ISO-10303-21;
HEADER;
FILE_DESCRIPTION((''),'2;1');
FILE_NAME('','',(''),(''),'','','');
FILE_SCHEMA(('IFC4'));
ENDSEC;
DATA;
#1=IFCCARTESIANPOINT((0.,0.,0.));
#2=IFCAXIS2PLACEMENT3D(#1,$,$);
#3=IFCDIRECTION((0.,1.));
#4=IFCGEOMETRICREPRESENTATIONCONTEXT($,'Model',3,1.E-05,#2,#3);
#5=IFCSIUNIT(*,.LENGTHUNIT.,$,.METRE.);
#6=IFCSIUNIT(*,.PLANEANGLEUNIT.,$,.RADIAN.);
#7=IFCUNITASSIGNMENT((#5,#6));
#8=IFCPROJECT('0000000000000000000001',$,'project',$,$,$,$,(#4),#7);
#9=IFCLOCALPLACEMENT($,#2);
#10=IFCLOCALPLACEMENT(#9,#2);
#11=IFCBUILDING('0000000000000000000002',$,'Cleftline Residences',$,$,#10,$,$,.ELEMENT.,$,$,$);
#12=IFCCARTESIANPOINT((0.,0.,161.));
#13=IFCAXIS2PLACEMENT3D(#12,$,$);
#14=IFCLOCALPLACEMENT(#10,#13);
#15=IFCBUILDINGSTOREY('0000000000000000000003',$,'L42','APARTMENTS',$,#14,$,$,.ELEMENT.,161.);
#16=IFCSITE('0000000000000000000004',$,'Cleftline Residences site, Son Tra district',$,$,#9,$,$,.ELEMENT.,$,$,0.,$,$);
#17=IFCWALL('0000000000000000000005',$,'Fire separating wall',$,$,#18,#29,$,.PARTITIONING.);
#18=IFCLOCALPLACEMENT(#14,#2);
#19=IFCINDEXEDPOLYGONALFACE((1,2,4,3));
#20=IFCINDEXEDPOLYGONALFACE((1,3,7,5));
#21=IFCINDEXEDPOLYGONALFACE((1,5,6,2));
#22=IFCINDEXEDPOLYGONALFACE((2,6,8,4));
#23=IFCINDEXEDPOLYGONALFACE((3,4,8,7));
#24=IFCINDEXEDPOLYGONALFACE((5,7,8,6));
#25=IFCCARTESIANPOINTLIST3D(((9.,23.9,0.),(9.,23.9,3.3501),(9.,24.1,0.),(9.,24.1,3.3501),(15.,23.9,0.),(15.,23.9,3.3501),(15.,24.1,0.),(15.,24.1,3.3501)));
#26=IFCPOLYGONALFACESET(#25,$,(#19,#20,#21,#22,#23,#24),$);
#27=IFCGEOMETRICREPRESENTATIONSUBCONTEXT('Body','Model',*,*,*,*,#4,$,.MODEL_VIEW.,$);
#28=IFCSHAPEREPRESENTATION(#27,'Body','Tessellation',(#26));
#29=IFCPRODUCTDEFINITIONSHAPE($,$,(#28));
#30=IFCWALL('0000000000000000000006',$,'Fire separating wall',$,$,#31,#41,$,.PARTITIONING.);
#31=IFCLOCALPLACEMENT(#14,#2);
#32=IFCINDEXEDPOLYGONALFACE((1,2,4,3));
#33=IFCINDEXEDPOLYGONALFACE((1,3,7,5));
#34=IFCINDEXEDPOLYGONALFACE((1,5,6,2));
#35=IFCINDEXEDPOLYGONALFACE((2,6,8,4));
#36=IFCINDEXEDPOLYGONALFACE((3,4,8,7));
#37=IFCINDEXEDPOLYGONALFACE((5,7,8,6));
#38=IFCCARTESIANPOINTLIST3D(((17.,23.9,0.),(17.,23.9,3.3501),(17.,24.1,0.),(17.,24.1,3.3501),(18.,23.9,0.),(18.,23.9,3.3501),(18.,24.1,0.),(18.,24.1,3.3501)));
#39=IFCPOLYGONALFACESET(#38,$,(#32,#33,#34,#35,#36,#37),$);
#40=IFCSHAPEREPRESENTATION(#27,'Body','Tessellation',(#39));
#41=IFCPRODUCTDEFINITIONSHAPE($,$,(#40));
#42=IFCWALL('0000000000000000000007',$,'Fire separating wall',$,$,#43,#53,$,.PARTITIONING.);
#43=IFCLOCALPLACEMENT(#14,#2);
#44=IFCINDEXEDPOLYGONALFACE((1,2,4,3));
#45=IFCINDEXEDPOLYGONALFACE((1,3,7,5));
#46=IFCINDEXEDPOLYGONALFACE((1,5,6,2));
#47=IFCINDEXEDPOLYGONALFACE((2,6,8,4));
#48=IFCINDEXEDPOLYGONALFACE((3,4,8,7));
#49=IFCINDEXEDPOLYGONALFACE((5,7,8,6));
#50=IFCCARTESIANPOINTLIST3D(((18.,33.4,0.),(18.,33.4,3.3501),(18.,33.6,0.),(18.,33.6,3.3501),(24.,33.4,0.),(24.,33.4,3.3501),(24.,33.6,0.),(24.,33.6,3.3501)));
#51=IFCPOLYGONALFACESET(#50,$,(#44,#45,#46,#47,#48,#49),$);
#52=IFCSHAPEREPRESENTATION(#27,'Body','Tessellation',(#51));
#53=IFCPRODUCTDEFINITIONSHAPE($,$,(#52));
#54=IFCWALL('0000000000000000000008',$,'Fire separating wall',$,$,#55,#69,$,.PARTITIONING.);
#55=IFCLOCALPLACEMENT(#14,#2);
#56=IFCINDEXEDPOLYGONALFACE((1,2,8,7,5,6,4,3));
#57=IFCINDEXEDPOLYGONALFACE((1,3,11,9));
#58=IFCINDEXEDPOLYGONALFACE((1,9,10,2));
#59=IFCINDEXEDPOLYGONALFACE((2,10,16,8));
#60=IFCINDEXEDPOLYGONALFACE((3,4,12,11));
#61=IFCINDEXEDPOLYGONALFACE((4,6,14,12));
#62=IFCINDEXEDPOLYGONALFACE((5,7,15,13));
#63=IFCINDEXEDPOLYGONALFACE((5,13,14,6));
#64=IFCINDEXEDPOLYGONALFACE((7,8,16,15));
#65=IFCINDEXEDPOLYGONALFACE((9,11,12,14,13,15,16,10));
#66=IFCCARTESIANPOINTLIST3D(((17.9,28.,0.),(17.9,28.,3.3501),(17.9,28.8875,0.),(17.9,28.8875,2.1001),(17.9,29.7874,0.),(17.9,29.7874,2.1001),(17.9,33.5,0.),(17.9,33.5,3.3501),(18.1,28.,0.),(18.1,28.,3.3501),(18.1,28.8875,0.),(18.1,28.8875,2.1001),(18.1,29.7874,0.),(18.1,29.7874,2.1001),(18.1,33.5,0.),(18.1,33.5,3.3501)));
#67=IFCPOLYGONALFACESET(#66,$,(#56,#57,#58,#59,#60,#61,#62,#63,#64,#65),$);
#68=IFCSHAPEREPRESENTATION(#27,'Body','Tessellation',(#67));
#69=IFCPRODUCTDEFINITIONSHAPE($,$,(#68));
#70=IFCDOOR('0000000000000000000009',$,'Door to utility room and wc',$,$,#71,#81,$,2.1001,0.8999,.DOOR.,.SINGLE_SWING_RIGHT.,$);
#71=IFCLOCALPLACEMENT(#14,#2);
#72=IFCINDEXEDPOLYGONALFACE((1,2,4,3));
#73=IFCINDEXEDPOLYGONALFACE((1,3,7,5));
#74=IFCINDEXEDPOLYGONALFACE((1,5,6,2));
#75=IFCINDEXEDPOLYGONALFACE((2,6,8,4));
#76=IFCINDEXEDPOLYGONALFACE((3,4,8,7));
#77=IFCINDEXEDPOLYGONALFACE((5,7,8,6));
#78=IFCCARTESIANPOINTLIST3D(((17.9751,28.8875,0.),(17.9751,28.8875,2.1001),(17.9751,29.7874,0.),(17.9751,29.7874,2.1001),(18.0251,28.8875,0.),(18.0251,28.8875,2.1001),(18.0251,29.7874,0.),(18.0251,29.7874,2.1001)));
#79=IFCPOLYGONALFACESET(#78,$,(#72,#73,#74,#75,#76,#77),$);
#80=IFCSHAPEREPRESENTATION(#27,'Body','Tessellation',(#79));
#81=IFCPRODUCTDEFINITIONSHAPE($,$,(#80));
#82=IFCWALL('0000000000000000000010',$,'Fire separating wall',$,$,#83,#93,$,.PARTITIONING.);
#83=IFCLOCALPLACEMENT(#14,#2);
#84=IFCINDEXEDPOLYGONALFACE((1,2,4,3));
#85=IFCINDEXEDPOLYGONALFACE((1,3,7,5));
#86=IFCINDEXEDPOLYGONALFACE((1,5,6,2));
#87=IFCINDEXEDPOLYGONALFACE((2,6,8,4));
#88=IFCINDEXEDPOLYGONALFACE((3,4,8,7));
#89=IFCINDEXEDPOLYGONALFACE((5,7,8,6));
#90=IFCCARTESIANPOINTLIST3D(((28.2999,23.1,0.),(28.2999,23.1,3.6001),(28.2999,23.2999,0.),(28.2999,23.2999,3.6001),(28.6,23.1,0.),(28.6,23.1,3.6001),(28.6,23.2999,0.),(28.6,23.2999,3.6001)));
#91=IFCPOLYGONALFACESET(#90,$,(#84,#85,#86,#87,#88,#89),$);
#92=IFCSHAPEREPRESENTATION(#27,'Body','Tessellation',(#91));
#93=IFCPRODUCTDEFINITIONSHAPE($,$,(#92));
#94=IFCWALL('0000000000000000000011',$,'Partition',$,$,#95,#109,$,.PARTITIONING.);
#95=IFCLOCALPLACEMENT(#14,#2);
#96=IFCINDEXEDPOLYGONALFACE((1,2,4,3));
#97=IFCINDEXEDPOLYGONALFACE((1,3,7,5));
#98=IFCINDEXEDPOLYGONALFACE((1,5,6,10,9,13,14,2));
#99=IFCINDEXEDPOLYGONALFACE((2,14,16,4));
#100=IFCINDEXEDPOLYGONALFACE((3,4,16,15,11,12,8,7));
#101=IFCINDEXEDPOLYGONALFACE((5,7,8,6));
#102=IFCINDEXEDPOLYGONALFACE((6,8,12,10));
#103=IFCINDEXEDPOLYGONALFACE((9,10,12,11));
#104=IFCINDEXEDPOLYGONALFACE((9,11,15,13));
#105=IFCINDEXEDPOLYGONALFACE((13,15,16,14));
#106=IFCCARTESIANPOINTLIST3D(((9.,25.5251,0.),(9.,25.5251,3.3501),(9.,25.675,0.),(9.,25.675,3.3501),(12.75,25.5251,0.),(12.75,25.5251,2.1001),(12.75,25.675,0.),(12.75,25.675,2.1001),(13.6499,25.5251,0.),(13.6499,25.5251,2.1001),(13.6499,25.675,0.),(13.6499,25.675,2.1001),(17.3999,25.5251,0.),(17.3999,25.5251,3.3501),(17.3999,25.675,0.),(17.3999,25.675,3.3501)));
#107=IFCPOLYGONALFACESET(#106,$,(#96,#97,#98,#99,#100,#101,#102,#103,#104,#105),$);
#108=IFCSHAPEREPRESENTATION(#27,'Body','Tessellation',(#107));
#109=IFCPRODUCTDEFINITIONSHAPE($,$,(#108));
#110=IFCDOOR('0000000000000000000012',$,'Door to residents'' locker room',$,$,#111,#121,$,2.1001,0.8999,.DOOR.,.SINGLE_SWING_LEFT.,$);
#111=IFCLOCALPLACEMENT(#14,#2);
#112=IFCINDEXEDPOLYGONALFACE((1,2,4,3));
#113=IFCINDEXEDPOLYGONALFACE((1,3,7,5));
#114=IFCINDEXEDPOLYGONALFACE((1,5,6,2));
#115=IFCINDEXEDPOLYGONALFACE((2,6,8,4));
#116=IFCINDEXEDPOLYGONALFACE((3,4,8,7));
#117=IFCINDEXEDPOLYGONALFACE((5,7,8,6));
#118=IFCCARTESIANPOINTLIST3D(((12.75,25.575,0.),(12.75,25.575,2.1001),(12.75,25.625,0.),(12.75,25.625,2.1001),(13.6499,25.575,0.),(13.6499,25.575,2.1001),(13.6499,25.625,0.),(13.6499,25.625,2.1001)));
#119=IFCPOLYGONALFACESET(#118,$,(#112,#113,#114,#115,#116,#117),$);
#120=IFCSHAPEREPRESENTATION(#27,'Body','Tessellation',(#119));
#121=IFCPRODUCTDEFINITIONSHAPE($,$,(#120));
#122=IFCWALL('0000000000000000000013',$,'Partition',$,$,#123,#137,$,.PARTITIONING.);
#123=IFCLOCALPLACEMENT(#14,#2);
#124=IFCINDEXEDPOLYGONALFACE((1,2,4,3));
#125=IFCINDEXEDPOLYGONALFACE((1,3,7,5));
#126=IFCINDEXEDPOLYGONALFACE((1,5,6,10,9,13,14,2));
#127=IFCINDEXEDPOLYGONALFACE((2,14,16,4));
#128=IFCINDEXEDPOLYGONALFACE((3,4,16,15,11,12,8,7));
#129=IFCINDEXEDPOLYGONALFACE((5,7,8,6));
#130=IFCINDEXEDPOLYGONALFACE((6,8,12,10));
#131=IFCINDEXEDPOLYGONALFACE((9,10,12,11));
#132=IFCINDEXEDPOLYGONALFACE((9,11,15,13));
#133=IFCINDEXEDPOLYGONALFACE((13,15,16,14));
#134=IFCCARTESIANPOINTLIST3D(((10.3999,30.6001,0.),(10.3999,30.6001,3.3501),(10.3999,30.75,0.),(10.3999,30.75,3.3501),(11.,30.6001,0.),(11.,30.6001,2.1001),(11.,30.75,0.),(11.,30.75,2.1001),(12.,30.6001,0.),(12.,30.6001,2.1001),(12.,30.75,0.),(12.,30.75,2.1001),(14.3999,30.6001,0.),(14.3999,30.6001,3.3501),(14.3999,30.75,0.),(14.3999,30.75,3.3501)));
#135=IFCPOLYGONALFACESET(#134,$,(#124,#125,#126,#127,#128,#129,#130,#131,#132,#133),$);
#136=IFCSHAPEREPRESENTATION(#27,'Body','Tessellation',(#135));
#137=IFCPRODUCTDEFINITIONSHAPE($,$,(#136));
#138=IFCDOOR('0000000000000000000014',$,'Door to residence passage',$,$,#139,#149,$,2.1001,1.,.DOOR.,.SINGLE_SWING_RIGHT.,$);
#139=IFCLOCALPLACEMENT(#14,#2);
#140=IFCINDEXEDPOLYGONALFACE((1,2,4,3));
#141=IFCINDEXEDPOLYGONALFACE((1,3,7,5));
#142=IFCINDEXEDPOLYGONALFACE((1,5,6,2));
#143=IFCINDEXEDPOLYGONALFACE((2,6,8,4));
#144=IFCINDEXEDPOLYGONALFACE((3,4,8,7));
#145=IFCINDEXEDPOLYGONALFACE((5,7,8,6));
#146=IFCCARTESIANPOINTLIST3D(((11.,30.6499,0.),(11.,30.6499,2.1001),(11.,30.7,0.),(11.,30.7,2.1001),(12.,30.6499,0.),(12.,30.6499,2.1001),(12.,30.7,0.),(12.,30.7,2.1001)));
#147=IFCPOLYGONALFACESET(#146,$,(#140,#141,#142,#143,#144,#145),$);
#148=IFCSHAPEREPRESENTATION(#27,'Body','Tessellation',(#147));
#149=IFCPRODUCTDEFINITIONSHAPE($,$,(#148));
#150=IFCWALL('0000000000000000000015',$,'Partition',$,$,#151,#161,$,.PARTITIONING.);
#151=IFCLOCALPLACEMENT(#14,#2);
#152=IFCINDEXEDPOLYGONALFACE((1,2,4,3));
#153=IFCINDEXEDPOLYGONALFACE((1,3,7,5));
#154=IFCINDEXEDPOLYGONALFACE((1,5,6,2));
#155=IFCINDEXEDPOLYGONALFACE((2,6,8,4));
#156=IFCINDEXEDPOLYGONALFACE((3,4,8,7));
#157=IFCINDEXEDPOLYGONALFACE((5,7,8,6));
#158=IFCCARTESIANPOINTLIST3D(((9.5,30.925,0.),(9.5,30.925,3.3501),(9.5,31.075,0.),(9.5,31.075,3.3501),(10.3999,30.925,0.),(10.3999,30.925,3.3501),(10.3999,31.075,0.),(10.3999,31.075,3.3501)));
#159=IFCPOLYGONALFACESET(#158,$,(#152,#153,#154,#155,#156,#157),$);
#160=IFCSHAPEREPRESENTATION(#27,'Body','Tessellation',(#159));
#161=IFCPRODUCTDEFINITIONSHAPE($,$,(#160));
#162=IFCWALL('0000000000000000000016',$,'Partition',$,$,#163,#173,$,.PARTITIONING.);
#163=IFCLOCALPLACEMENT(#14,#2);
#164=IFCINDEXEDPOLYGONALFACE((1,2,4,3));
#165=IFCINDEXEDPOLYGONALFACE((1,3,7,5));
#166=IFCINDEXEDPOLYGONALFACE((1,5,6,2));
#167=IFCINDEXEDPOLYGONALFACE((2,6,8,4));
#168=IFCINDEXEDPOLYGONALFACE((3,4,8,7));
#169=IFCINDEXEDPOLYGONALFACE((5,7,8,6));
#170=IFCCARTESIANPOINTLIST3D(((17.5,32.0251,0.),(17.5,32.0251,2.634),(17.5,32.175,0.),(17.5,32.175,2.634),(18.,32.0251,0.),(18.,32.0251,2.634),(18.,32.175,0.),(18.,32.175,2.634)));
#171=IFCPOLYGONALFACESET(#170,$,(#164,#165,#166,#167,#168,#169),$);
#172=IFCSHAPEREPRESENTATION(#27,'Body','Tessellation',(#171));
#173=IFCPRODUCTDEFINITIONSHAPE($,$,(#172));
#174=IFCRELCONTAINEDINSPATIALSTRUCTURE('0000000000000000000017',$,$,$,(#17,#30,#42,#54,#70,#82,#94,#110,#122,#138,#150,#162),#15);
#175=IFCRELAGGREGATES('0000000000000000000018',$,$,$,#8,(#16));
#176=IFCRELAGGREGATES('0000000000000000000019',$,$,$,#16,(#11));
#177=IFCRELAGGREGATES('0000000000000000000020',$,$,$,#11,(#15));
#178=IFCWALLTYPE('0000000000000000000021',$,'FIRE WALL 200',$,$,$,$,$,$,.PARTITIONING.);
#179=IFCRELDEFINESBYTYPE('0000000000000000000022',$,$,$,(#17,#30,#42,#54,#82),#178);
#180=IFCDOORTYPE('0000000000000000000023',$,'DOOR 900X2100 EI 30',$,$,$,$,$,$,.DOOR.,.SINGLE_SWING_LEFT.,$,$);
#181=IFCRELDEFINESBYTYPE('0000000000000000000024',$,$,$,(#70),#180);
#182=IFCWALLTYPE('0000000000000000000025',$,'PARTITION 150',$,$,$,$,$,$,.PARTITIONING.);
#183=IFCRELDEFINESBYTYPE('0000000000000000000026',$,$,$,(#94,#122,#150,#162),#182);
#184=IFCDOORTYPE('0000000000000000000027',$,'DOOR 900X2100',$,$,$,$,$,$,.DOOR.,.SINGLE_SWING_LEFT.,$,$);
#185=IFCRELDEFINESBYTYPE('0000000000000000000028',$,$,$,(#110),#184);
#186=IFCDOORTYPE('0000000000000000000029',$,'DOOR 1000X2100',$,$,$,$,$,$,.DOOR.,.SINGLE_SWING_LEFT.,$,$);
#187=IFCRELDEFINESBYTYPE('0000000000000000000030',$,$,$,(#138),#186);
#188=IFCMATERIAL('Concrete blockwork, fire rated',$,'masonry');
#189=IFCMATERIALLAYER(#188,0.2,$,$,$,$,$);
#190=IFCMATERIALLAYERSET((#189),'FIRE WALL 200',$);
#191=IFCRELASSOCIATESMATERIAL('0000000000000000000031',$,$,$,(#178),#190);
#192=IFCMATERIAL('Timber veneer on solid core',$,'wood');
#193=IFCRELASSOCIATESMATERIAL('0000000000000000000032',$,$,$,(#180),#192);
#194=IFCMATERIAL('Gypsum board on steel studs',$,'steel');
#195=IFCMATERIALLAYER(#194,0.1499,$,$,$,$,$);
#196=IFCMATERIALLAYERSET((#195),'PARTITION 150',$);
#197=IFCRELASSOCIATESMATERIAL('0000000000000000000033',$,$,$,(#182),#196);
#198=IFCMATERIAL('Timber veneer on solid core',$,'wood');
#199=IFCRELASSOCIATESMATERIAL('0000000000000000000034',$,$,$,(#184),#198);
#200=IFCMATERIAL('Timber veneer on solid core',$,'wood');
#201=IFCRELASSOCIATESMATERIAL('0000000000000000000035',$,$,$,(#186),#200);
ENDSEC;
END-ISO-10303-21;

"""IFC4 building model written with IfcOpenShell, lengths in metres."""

from ifc_helpers import new_model, si_unit, direction, frame, frame_2d, origin, place, context, subcontext, project, spatial, rectangle, extrude, material, layer, layer_set, type_object, element, fill, save


model = new_model("IFC4")

# Units and contexts
model_context = context("Model", 3, precision=1e-05, world=origin(), true_north=direction((0.0, 1.0)))
body_context = subcontext(model_context, "Body", "Model", "MODEL_VIEW")
ifc_project = project(units=[si_unit("LENGTHUNIT", "METRE"), si_unit("PLANEANGLEUNIT", "RADIAN")], contexts=[model_context])

# Site, building, storey
site_placement = place(None, origin())
site = spatial("IfcSite", under=ifc_project, at=site_placement, Name="Cleftline Residences site, Son Tra district", CompositionType="ELEMENT", RefElevation=0.0)
building_placement = place(site_placement, origin())
building = spatial("IfcBuilding", under=site, at=building_placement, Name="Cleftline Residences", CompositionType="ELEMENT")
storey_placement = place(building_placement, frame((0.0, 0.0, 161.0)))
storey = spatial("IfcBuildingStorey", under=building, at=storey_placement, Name="L42", Description="APARTMENTS", CompositionType="ELEMENT", Elevation=161.0)

# Walls
ifc_material_1 = material(Name="Concrete blockwork, fire rated", Category="masonry")
ifc_layer_1 = layer(ifc_material_1, 0.2)
ifc_layer_set_1 = layer_set([ifc_layer_1], Name="FIRE WALL 200")
wall_type_1 = type_object("IfcWallType", Name="FIRE WALL 200", PredefinedType="PARTITIONING", material=ifc_layer_set_1)
wall_1_placement = place(storey_placement, frame((9.0, 24.0, 0.0), z_axis=(0.0, 0.0, 1.0), x_axis=(1.0, 0.0, 0.0)))
element("IfcWall", 1, at=wall_1_placement, inside=storey, type_object=wall_type_1, Name="Fire separating wall", PredefinedType="PARTITIONING", context=body_context, shape_type="SweptSolid", body=[
    extrude(rectangle(XDim=6.0, YDim=0.2, at=frame_2d((3.0, 0.0))), origin(), (0.0, 0.0, 1.0), 3.3501),
])
wall_2_placement = place(storey_placement, frame((17.0, 24.0, 0.0), z_axis=(0.0, 0.0, 1.0), x_axis=(1.0, 0.0, 0.0)))
element("IfcWall", 2, at=wall_2_placement, inside=storey, type_object=wall_type_1, Name="Fire separating wall", PredefinedType="PARTITIONING", context=body_context, shape_type="SweptSolid", body=[
    extrude(rectangle(XDim=1.0, YDim=0.2, at=frame_2d((0.5, 0.0))), origin(), (0.0, 0.0, 1.0), 3.3501),
])
wall_3_placement = place(storey_placement, frame((18.0, 33.5, 0.0), z_axis=(0.0, 0.0, 1.0), x_axis=(1.0, 0.0, 0.0)))
element("IfcWall", 3, at=wall_3_placement, inside=storey, type_object=wall_type_1, Name="Fire separating wall", PredefinedType="PARTITIONING", context=body_context, shape_type="SweptSolid", body=[
    extrude(rectangle(XDim=6.0, YDim=0.2, at=frame_2d((3.0, 0.0))), origin(), (0.0, 0.0, 1.0), 3.3501),
])

# Wall, opening, door
wall_4_placement = place(storey_placement, frame((18.0, 28.0, 0.0), z_axis=(0.0, 0.0, 1.0), x_axis=(0.0, 1.0, 0.0)))
wall_4 = element("IfcWall", 4, at=wall_4_placement, inside=storey, type_object=wall_type_1, Name="Fire separating wall", PredefinedType="PARTITIONING", context=body_context, shape_type="SweptSolid", body=[
    extrude(rectangle(XDim=5.5, YDim=0.2, at=frame_2d((2.75, 0.0))), origin(), (0.0, 0.0, 1.0), 3.3501),
])
opening_1_placement = place(wall_4_placement, frame((0.8875, 0.0, 0.0)))
opening_1 = element("IfcOpeningElement", 5, at=opening_1_placement, cuts=wall_4, PredefinedType="OPENING", context=body_context, shape_type="SweptSolid", body=[
    extrude(rectangle(XDim=0.8999, YDim=2.1001, at=frame_2d((0.45, 1.05))), frame((0.0, 0.1099, 0.0), z_axis=(0.0, -1.0, 0.0), x_axis=(1.0, 0.0, 0.0)), (0.0, 0.0, 1.0), 0.22),
])
ifc_material_2 = material(Name="Timber veneer on solid core", Category="wood")
door_type_1 = type_object("IfcDoorType", Name="DOOR 900X2100 EI 30", OperationType="SINGLE_SWING_LEFT", PredefinedType="DOOR", material=ifc_material_2)
door_1_placement = place(opening_1_placement, origin())
door_1 = element("IfcDoor", 6, at=door_1_placement, inside=storey, type_object=door_type_1, Name="Door to utility room and wc", OperationType="SINGLE_SWING_RIGHT", OverallHeight=2.1001, OverallWidth=0.8999, PredefinedType="DOOR", context=body_context, shape_type="SweptSolid", body=[
    extrude(rectangle(XDim=0.8999, YDim=2.1001, at=frame_2d((0.45, 1.05))), frame((0.0, 0.0249, 0.0), z_axis=(0.0, -1.0, 0.0), x_axis=(1.0, 0.0, 0.0)), (0.0, 0.0, 1.0), 0.05),
])
fill(opening_1, door_1)

# Wall
wall_5_placement = place(storey_placement, frame((28.3, 23.2, 0.0), z_axis=(0.0, 0.0, 1.0), x_axis=(1.0, 0.0, 0.0)))
element("IfcWall", 7, at=wall_5_placement, inside=storey, type_object=wall_type_1, Name="Fire separating wall", PredefinedType="PARTITIONING", context=body_context, shape_type="SweptSolid", body=[
    extrude(rectangle(XDim=0.3, YDim=0.2, at=frame_2d((0.1499, 0.0))), origin(), (0.0, 0.0, 1.0), 3.6001),
])

# Walls, openings, doors
ifc_material_3 = material(Name="Gypsum board on steel studs", Category="steel")
ifc_layer_2 = layer(ifc_material_3, 0.1499)
ifc_layer_set_2 = layer_set([ifc_layer_2], Name="PARTITION 150")
wall_type_2 = type_object("IfcWallType", Name="PARTITION 150", PredefinedType="PARTITIONING", material=ifc_layer_set_2)
wall_6_placement = place(storey_placement, frame((9.0, 25.6001, 0.0), z_axis=(0.0, 0.0, 1.0), x_axis=(1.0, 0.0, 0.0)))
wall_6 = element("IfcWall", 8, at=wall_6_placement, inside=storey, type_object=wall_type_2, Name="Partition", PredefinedType="PARTITIONING", context=body_context, shape_type="SweptSolid", body=[
    extrude(rectangle(XDim=8.3999, YDim=0.1499, at=frame_2d((4.2, 0.0))), origin(), (0.0, 0.0, 1.0), 3.3501),
])
opening_2_placement = place(wall_6_placement, frame((3.75, 0.0, 0.0)))
opening_2 = element("IfcOpeningElement", 9, at=opening_2_placement, cuts=wall_6, PredefinedType="OPENING", context=body_context, shape_type="SweptSolid", body=[
    extrude(rectangle(XDim=0.8999, YDim=2.1001, at=frame_2d((0.45, 1.05))), frame((0.0, 0.085, 0.0), z_axis=(0.0, -1.0, 0.0), x_axis=(1.0, 0.0, 0.0)), (0.0, 0.0, 1.0), 0.1699),
])
ifc_material_4 = material(Name="Timber veneer on solid core", Category="wood")
door_type_2 = type_object("IfcDoorType", Name="DOOR 900X2100", OperationType="SINGLE_SWING_LEFT", PredefinedType="DOOR", material=ifc_material_4)
door_2_placement = place(opening_2_placement, origin())
door_2 = element("IfcDoor", 10, at=door_2_placement, inside=storey, type_object=door_type_2, Name="Door to residents' locker room", OperationType="SINGLE_SWING_LEFT", OverallHeight=2.1001, OverallWidth=0.8999, PredefinedType="DOOR", context=body_context, shape_type="SweptSolid", body=[
    extrude(rectangle(XDim=0.8999, YDim=2.1001, at=frame_2d((0.45, 1.05))), frame((0.0, 0.0249, 0.0), z_axis=(0.0, -1.0, 0.0), x_axis=(1.0, 0.0, 0.0)), (0.0, 0.0, 1.0), 0.05),
])
fill(opening_2, door_2)
wall_7_placement = place(storey_placement, frame((10.3999, 30.675, 0.0), z_axis=(0.0, 0.0, 1.0), x_axis=(1.0, 0.0, 0.0)))
wall_7 = element("IfcWall", 11, at=wall_7_placement, inside=storey, type_object=wall_type_2, Name="Partition", PredefinedType="PARTITIONING", context=body_context, shape_type="SweptSolid", body=[
    extrude(rectangle(XDim=4.0, YDim=0.1499, at=frame_2d((2.0, 0.0))), origin(), (0.0, 0.0, 1.0), 3.3501),
])
opening_3_placement = place(wall_7_placement, frame((0.6001, 0.0, 0.0)))
opening_3 = element("IfcOpeningElement", 12, at=opening_3_placement, cuts=wall_7, PredefinedType="OPENING", context=body_context, shape_type="SweptSolid", body=[
    extrude(rectangle(XDim=1.0, YDim=2.1001, at=frame_2d((0.5, 1.05))), frame((0.0, 0.085, 0.0), z_axis=(0.0, -1.0, 0.0), x_axis=(1.0, 0.0, 0.0)), (0.0, 0.0, 1.0), 0.1699),
])
ifc_material_5 = material(Name="Timber veneer on solid core", Category="wood")
door_type_3 = type_object("IfcDoorType", Name="DOOR 1000X2100", OperationType="SINGLE_SWING_LEFT", PredefinedType="DOOR", material=ifc_material_5)
door_3_placement = place(opening_3_placement, origin())
door_3 = element("IfcDoor", 13, at=door_3_placement, inside=storey, type_object=door_type_3, Name="Door to residence passage", OperationType="SINGLE_SWING_RIGHT", OverallHeight=2.1001, OverallWidth=1.0, PredefinedType="DOOR", context=body_context, shape_type="SweptSolid", body=[
    extrude(rectangle(XDim=1.0, YDim=2.1001, at=frame_2d((0.5, 1.05))), frame((0.0, 0.0249, 0.0), z_axis=(0.0, -1.0, 0.0), x_axis=(1.0, 0.0, 0.0)), (0.0, 0.0, 1.0), 0.05),
])
fill(opening_3, door_3)

# Walls
wall_8_placement = place(storey_placement, frame((9.5, 31.0, 0.0), z_axis=(0.0, 0.0, 1.0), x_axis=(1.0, 0.0, 0.0)))
element("IfcWall", 14, at=wall_8_placement, inside=storey, type_object=wall_type_2, Name="Partition", PredefinedType="PARTITIONING", context=body_context, shape_type="SweptSolid", body=[
    extrude(rectangle(XDim=0.8999, YDim=0.1499, at=frame_2d((0.45, 0.0))), origin(), (0.0, 0.0, 1.0), 3.3501),
])
wall_9_placement = place(storey_placement, frame((17.5, 32.1001, 0.0), z_axis=(0.0, 0.0, 1.0), x_axis=(1.0, 0.0, 0.0)))
element("IfcWall", 15, at=wall_9_placement, inside=storey, type_object=wall_type_2, Name="Partition", PredefinedType="PARTITIONING", context=body_context, shape_type="SweptSolid", body=[
    extrude(rectangle(XDim=0.5, YDim=0.1499, at=frame_2d((0.25, 0.0))), origin(), (0.0, 0.0, 1.0), 2.634),
])

save(model, "model.ifc")
